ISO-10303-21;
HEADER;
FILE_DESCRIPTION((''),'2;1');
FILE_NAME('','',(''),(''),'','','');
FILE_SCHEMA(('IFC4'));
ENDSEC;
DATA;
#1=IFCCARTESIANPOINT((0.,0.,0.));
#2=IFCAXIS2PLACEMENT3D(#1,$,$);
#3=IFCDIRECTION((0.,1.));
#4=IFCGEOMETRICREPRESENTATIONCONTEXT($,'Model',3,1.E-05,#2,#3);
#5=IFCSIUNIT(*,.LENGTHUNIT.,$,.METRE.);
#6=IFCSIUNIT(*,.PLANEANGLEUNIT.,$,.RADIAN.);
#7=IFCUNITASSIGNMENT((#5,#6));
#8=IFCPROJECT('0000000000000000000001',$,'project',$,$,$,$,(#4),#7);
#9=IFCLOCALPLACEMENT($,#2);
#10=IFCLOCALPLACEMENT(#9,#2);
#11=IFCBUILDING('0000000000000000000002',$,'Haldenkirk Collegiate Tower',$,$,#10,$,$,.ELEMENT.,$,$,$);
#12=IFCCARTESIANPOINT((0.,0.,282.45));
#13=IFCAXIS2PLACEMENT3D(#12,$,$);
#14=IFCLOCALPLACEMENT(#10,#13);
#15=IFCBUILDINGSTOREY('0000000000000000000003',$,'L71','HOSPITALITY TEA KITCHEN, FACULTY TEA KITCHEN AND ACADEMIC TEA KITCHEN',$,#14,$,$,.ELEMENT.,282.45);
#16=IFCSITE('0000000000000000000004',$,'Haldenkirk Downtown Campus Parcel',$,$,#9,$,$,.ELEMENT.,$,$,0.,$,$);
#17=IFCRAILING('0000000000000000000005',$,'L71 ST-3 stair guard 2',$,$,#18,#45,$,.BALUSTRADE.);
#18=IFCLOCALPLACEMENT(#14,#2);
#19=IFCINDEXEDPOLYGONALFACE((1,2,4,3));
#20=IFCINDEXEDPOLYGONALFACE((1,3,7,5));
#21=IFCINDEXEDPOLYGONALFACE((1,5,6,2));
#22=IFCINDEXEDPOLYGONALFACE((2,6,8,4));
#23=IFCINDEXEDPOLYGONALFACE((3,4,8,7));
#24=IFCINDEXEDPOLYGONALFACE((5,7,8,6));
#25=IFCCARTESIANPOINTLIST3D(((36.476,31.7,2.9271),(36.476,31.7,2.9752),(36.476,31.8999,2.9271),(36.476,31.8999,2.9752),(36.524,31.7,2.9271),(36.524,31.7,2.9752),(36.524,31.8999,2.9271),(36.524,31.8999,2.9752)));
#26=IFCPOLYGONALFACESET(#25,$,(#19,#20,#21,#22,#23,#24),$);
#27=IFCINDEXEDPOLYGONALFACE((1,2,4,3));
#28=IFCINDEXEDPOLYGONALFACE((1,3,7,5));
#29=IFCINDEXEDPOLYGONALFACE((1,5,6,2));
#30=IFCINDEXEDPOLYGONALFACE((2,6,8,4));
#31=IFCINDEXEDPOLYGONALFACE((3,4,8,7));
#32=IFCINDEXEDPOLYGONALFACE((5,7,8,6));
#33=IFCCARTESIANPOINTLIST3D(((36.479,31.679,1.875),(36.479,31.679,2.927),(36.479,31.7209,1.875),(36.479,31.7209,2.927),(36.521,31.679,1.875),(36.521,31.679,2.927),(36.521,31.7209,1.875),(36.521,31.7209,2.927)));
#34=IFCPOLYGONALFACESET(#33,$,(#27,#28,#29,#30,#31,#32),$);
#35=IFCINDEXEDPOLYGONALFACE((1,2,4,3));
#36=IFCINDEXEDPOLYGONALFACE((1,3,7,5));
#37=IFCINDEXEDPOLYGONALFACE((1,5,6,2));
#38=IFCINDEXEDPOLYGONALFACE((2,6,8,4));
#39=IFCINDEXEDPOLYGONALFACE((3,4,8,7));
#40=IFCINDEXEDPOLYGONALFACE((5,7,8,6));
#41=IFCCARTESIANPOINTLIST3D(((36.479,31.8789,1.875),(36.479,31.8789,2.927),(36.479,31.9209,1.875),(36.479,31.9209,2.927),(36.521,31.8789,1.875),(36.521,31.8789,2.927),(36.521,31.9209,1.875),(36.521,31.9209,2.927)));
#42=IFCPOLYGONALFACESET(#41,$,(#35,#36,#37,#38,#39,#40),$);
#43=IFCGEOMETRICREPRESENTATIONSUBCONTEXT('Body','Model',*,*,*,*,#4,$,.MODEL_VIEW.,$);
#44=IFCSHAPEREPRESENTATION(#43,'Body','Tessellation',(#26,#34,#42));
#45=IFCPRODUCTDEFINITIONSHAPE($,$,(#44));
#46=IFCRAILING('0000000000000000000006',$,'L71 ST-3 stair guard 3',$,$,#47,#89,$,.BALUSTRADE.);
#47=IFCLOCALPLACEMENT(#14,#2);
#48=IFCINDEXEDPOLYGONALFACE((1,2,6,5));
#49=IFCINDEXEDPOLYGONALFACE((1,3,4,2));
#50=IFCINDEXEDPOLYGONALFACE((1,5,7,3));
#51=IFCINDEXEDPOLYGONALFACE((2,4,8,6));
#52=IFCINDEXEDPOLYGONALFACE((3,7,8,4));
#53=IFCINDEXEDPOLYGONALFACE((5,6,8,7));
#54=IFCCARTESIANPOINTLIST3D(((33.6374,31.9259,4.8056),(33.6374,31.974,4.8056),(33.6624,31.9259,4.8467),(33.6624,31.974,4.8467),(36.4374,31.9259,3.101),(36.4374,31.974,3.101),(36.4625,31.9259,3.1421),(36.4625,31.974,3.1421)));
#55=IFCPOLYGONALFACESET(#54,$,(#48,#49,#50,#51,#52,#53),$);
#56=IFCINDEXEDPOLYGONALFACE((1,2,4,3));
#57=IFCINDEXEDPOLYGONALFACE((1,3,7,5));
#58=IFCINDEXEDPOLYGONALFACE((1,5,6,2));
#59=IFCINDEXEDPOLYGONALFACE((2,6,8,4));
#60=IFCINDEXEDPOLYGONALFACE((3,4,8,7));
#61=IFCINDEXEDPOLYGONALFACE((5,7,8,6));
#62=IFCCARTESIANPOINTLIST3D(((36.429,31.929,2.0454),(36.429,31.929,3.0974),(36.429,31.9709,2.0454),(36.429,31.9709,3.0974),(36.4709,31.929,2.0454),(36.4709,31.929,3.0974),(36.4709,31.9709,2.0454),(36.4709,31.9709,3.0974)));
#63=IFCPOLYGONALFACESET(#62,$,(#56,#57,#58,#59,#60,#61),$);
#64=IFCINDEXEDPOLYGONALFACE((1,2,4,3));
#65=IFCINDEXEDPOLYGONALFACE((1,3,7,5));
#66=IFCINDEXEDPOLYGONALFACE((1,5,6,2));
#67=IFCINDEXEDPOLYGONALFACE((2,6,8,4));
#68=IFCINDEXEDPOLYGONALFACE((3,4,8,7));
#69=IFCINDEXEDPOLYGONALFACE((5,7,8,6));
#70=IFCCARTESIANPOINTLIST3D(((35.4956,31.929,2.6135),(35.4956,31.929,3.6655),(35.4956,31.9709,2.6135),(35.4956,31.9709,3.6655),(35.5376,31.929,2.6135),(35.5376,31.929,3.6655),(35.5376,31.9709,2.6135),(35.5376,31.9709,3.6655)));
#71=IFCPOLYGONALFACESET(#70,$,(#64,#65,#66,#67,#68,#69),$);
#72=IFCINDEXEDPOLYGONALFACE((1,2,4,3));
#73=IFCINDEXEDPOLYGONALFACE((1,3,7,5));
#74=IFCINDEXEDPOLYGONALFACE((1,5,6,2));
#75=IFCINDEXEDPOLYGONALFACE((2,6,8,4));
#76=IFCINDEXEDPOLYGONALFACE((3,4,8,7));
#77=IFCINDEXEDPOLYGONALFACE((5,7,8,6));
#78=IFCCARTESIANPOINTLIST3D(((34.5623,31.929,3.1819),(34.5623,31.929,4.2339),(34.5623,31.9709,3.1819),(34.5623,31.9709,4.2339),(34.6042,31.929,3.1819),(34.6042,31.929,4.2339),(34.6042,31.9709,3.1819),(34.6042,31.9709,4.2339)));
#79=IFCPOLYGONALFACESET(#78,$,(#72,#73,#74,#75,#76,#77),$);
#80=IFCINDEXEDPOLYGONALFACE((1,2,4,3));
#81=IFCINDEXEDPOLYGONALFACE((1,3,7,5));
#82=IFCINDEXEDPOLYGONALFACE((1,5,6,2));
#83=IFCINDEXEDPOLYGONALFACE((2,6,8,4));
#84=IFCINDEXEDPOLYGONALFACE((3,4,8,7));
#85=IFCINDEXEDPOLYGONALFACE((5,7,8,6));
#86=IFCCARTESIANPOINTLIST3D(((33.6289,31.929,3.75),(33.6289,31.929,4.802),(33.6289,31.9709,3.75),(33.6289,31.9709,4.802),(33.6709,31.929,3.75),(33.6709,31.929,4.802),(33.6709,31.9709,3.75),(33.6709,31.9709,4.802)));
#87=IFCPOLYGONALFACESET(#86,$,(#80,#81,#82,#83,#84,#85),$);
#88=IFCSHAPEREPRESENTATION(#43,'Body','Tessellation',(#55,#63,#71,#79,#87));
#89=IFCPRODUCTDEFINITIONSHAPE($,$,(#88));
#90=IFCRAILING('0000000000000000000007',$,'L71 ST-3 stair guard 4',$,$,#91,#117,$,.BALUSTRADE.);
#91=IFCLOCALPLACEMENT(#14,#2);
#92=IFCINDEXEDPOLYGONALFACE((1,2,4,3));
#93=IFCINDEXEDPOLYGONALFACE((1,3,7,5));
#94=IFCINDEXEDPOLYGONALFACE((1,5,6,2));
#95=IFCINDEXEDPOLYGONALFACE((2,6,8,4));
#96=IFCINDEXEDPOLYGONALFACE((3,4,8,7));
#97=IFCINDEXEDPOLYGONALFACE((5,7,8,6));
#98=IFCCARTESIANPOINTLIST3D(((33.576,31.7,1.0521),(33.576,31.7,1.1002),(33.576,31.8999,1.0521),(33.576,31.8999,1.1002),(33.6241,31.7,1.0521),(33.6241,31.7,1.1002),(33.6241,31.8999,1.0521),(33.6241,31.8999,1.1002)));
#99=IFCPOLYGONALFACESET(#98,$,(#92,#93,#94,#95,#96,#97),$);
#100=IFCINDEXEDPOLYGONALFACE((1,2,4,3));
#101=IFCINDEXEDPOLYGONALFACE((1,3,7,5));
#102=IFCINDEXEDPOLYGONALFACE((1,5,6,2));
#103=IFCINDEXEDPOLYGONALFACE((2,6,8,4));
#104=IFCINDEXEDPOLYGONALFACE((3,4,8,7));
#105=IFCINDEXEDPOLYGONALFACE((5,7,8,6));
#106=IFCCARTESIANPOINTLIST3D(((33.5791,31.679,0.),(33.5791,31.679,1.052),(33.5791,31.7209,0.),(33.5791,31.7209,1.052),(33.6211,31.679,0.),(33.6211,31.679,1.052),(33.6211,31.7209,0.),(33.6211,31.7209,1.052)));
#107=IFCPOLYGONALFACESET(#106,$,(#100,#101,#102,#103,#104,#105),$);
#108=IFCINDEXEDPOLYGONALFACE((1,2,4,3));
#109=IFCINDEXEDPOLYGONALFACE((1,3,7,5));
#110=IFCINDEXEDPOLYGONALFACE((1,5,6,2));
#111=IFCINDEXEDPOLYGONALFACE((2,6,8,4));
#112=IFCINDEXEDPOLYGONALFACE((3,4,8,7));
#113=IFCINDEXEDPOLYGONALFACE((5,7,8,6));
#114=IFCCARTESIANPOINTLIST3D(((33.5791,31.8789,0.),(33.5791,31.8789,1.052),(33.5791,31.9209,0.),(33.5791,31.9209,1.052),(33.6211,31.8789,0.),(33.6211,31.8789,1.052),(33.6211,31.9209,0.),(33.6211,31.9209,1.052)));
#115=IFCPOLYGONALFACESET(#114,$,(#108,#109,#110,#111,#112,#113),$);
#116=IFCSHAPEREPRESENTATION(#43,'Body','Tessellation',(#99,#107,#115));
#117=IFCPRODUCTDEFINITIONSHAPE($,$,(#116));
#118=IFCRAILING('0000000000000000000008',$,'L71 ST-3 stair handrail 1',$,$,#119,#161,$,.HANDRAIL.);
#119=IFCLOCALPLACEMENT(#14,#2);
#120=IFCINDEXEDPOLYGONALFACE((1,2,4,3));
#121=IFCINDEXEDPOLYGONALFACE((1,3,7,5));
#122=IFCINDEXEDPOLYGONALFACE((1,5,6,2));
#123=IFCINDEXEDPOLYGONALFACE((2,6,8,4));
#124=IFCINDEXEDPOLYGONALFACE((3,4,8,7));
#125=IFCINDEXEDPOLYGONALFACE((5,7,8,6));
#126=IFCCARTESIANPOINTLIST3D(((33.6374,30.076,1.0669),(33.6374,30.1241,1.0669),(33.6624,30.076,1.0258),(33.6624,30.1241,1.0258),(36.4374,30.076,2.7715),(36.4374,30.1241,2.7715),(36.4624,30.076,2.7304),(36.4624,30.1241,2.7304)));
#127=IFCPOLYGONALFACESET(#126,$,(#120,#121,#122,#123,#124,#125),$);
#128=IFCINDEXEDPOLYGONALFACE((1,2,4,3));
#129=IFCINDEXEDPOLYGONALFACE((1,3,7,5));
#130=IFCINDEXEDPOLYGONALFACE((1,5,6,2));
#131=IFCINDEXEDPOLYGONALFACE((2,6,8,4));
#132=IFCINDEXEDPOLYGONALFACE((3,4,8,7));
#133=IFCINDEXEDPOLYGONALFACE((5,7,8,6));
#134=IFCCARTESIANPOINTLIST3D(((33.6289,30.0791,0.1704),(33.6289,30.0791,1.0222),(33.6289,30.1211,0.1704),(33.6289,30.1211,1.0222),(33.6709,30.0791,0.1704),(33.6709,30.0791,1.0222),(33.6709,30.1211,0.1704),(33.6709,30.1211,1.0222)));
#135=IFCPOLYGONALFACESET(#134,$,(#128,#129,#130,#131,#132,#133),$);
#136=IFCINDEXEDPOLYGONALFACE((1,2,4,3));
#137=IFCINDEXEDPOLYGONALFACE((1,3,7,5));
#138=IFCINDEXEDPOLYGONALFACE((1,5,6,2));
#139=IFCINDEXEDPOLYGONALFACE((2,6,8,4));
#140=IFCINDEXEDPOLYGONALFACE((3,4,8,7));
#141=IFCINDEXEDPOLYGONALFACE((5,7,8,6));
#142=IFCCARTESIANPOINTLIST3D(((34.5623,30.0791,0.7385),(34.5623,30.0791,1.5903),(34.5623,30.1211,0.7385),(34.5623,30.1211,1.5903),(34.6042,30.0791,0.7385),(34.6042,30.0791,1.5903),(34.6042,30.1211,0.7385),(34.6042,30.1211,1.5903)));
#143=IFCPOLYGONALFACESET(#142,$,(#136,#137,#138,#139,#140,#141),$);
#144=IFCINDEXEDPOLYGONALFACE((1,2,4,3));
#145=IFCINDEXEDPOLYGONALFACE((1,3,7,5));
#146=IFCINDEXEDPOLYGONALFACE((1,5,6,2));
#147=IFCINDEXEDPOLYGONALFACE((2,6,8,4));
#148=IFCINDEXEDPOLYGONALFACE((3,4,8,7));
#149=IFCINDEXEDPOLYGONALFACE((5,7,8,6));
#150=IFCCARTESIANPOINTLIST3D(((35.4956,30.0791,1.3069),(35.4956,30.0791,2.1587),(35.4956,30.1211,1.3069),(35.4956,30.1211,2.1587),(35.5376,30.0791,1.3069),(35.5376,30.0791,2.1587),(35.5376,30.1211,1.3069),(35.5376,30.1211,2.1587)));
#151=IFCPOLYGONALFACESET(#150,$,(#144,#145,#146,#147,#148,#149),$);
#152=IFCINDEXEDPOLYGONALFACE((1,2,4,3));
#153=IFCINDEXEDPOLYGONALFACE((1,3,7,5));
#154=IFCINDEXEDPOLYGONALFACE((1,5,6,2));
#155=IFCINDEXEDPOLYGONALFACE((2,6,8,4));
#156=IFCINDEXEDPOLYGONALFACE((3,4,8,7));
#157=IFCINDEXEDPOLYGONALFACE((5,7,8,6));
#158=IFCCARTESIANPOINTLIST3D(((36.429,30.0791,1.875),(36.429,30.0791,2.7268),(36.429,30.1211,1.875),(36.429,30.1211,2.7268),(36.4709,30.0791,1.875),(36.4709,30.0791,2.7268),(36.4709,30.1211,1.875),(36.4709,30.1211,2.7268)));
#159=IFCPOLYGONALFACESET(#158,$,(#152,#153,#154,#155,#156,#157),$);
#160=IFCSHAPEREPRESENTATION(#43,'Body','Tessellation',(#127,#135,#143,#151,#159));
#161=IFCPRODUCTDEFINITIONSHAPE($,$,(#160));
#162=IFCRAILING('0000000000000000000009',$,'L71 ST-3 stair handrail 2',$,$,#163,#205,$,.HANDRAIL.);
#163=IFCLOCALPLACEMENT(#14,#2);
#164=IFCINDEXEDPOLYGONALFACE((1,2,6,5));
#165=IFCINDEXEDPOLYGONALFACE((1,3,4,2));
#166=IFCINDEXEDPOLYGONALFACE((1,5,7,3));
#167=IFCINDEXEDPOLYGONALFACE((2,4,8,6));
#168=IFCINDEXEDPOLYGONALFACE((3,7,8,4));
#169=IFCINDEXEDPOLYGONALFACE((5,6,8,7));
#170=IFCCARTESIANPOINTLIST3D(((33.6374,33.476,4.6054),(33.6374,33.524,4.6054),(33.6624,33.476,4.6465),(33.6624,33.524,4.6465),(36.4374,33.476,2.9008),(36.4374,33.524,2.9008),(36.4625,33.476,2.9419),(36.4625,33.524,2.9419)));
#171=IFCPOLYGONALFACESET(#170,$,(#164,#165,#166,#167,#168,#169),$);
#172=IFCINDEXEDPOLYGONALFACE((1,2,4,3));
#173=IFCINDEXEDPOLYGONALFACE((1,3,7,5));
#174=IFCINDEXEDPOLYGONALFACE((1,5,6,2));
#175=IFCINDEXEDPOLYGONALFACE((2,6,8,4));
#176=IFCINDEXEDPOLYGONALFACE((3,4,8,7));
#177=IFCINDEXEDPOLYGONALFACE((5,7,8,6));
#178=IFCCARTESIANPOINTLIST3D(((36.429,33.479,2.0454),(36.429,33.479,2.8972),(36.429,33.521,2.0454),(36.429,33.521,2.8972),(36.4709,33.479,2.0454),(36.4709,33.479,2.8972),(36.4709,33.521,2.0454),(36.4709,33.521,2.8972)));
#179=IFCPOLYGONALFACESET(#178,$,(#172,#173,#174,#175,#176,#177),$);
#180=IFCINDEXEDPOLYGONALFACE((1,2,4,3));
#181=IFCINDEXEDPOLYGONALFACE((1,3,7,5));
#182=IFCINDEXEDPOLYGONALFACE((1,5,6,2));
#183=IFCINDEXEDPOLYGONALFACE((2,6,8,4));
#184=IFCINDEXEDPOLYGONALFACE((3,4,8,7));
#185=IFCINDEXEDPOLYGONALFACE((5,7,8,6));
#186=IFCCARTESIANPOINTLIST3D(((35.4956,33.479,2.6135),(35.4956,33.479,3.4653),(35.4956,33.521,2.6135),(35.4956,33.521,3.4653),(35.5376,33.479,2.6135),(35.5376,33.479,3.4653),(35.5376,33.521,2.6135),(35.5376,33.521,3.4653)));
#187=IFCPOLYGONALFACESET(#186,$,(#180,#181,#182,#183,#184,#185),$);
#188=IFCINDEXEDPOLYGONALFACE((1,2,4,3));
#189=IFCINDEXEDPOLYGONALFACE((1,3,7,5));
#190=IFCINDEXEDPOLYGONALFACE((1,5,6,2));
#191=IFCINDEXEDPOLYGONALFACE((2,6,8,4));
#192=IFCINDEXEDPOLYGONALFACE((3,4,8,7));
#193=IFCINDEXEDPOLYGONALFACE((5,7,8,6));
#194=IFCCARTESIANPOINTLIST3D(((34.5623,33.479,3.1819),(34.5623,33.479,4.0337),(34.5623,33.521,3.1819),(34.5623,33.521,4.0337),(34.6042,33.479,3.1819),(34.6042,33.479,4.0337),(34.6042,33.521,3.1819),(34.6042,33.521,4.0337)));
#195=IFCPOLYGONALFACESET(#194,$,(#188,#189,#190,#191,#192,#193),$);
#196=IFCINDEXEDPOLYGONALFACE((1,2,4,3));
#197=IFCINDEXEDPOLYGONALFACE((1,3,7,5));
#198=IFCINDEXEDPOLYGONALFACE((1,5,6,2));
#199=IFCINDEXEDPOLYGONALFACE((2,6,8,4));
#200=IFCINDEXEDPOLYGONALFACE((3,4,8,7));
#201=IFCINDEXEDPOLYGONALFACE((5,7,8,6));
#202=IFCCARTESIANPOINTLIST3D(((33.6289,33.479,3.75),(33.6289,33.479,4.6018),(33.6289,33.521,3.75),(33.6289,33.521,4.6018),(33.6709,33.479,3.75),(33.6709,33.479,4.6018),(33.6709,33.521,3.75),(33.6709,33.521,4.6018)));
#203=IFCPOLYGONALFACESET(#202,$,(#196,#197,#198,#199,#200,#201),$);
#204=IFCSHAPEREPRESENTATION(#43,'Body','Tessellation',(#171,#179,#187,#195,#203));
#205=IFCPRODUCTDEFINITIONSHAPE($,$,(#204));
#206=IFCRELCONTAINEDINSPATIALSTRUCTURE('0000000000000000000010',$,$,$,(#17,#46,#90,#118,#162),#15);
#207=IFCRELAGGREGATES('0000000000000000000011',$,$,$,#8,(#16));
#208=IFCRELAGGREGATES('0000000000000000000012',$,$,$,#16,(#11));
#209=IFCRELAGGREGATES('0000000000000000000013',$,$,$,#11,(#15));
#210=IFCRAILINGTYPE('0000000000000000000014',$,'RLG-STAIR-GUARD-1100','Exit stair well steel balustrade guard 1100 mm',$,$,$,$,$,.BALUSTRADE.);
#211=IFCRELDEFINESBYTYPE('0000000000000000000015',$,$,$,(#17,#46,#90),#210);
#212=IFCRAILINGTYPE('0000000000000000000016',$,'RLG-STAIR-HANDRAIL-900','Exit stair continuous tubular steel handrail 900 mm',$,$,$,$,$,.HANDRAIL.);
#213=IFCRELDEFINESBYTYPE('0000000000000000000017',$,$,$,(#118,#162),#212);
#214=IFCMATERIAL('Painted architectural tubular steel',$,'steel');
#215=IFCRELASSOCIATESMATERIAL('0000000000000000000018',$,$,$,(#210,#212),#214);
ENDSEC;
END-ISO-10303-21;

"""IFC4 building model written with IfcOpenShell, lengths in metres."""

from ifc_helpers import new_model, si_unit, direction, frame, origin, origin_2d, place, context, subcontext, project, spatial, rectangle, extrude, material, type_object, element, save


model = new_model("IFC4")

# Units and contexts
model_context = context("Model", 3, precision=1e-05, world=origin(), true_north=direction((0.0, 1.0)))
body_context = subcontext(model_context, "Body", "Model", "MODEL_VIEW")
ifc_project = project(units=[si_unit("LENGTHUNIT", "METRE"), si_unit("PLANEANGLEUNIT", "RADIAN")], contexts=[model_context])

# Site, building, storey
site_placement = place(None, origin())
site = spatial("IfcSite", under=ifc_project, at=site_placement, Name="Haldenkirk Downtown Campus Parcel", CompositionType="ELEMENT", RefElevation=0.0)
building_placement = place(site_placement, origin())
building = spatial("IfcBuilding", under=site, at=building_placement, Name="Haldenkirk Collegiate Tower", CompositionType="ELEMENT")
storey_placement = place(building_placement, frame((0.0, 0.0, 282.45)))
storey = spatial("IfcBuildingStorey", under=building, at=storey_placement, Name="L71", Description="HOSPITALITY TEA KITCHEN, FACULTY TEA KITCHEN AND ACADEMIC TEA KITCHEN", CompositionType="ELEMENT", Elevation=282.45)

# Railings
ifc_material_1 = material(Name="Painted architectural tubular steel", Category="steel")
railing_type_1 = type_object("IfcRailingType", Name="RLG-STAIR-GUARD-1100", Description="Exit stair well steel balustrade guard 1100 mm", PredefinedType="BALUSTRADE", material=ifc_material_1)
railing_1_placement = place(storey_placement, frame((36.5, 31.7, 1.875)))
element("IfcRailing", 1, at=railing_1_placement, inside=storey, type_object=railing_type_1, Name="L71 ST-3 stair guard 2", PredefinedType="BALUSTRADE", context=body_context, shape_type="SweptSolid", body=[
    extrude(rectangle(XDim=0.0481, YDim=0.0481, at=origin_2d()), frame((0.0, 0.0, 1.0762), z_axis=(0.0, 1.0, 0.0), x_axis=(-1.0, 0.0, 0.0)), (0.0, 0.0, 1.0), 0.2),
    extrude(rectangle(XDim=0.042, YDim=0.042, at=origin_2d()), origin(), (0.0, 0.0, 1.0), 1.052),
    extrude(rectangle(XDim=0.042, YDim=0.042, at=origin_2d()), frame((0.0, 0.2, 0.0)), (0.0, 0.0, 1.0), 1.052),
])
railing_2_placement = place(storey_placement, frame((36.45, 31.95, 2.0454)))
element("IfcRailing", 2, at=railing_2_placement, inside=storey, type_object=railing_type_1, Name="L71 ST-3 stair guard 3", PredefinedType="BALUSTRADE", context=body_context, shape_type="SweptSolid", body=[
    extrude(rectangle(XDim=0.0481, YDim=0.0481, at=origin_2d()), frame((0.0, 0.0, 1.0762), z_axis=(-0.85417, 0.0, 0.519994), x_axis=(0.0, -1.0, 0.0)), (0.0, 0.0, 1.0), 3.2781),
    extrude(rectangle(XDim=0.042, YDim=0.042, at=origin_2d()), origin(), (0.0, 0.0, 1.0), 1.052),
    extrude(rectangle(XDim=0.042, YDim=0.042, at=origin_2d()), frame((-0.9333, 0.0, 0.5681)), (0.0, 0.0, 1.0), 1.052),
    extrude(rectangle(XDim=0.042, YDim=0.042, at=origin_2d()), frame((-1.8667, 0.0, 1.1365)), (0.0, 0.0, 1.0), 1.052),
    extrude(rectangle(XDim=0.042, YDim=0.042, at=origin_2d()), frame((-2.8, 0.0, 1.7046)), (0.0, 0.0, 1.0), 1.052),
])
railing_3_placement = place(storey_placement, frame((33.6001, 31.7, 0.0)))
element("IfcRailing", 3, at=railing_3_placement, inside=storey, type_object=railing_type_1, Name="L71 ST-3 stair guard 4", PredefinedType="BALUSTRADE", context=body_context, shape_type="SweptSolid", body=[
    extrude(rectangle(XDim=0.0481, YDim=0.0481, at=origin_2d()), frame((0.0, 0.0, 1.0762), z_axis=(0.0, 1.0, 0.0), x_axis=(-1.0, 0.0, 0.0)), (0.0, 0.0, 1.0), 0.2),
    extrude(rectangle(XDim=0.042, YDim=0.042, at=origin_2d()), origin(), (0.0, 0.0, 1.0), 1.052),
    extrude(rectangle(XDim=0.042, YDim=0.042, at=origin_2d()), frame((0.0, 0.2, 0.0)), (0.0, 0.0, 1.0), 1.052),
])
railing_type_2 = type_object("IfcRailingType", Name="RLG-STAIR-HANDRAIL-900", Description="Exit stair continuous tubular steel handrail 900 mm", PredefinedType="HANDRAIL", material=ifc_material_1)
railing_4_placement = place(storey_placement, frame((33.6499, 30.1001, 0.1704)))
element("IfcRailing", 4, at=railing_4_placement, inside=storey, type_object=railing_type_2, Name="L71 ST-3 stair handrail 1", PredefinedType="HANDRAIL", context=body_context, shape_type="SweptSolid", body=[
    extrude(rectangle(XDim=0.0481, YDim=0.0481, at=origin_2d()), frame((0.0, 0.0, 0.876), z_axis=(0.85417, 0.0, 0.519994), x_axis=(0.0, 1.0, 0.0)), (0.0, 0.0, 1.0), 3.2781),
    extrude(rectangle(XDim=0.042, YDim=0.042, at=origin_2d()), origin(), (0.0, 0.0, 1.0), 0.8518),
    extrude(rectangle(XDim=0.042, YDim=0.042, at=origin_2d()), frame((0.9333, 0.0, 0.5681)), (0.0, 0.0, 1.0), 0.8518),
    extrude(rectangle(XDim=0.042, YDim=0.042, at=origin_2d()), frame((1.8667, 0.0, 1.1365)), (0.0, 0.0, 1.0), 0.8518),
    extrude(rectangle(XDim=0.042, YDim=0.042, at=origin_2d()), frame((2.8, 0.0, 1.7046)), (0.0, 0.0, 1.0), 0.8518),
])
railing_5_placement = place(storey_placement, frame((36.45, 33.5, 2.0454)))
element("IfcRailing", 5, at=railing_5_placement, inside=storey, type_object=railing_type_2, Name="L71 ST-3 stair handrail 2", PredefinedType="HANDRAIL", context=body_context, shape_type="SweptSolid", body=[
    extrude(rectangle(XDim=0.0481, YDim=0.0481, at=origin_2d()), frame((0.0, 0.0, 0.876), z_axis=(-0.85417, 0.0, 0.519994), x_axis=(0.0, -1.0, 0.0)), (0.0, 0.0, 1.0), 3.2781),
    extrude(rectangle(XDim=0.042, YDim=0.042, at=origin_2d()), origin(), (0.0, 0.0, 1.0), 0.8518),
    extrude(rectangle(XDim=0.042, YDim=0.042, at=origin_2d()), frame((-0.9333, 0.0, 0.5681)), (0.0, 0.0, 1.0), 0.8518),
    extrude(rectangle(XDim=0.042, YDim=0.042, at=origin_2d()), frame((-1.8667, 0.0, 1.1365)), (0.0, 0.0, 1.0), 0.8518),
    extrude(rectangle(XDim=0.042, YDim=0.042, at=origin_2d()), frame((-2.8, 0.0, 1.7046)), (0.0, 0.0, 1.0), 0.8518),
])

save(model, "model.ifc")
